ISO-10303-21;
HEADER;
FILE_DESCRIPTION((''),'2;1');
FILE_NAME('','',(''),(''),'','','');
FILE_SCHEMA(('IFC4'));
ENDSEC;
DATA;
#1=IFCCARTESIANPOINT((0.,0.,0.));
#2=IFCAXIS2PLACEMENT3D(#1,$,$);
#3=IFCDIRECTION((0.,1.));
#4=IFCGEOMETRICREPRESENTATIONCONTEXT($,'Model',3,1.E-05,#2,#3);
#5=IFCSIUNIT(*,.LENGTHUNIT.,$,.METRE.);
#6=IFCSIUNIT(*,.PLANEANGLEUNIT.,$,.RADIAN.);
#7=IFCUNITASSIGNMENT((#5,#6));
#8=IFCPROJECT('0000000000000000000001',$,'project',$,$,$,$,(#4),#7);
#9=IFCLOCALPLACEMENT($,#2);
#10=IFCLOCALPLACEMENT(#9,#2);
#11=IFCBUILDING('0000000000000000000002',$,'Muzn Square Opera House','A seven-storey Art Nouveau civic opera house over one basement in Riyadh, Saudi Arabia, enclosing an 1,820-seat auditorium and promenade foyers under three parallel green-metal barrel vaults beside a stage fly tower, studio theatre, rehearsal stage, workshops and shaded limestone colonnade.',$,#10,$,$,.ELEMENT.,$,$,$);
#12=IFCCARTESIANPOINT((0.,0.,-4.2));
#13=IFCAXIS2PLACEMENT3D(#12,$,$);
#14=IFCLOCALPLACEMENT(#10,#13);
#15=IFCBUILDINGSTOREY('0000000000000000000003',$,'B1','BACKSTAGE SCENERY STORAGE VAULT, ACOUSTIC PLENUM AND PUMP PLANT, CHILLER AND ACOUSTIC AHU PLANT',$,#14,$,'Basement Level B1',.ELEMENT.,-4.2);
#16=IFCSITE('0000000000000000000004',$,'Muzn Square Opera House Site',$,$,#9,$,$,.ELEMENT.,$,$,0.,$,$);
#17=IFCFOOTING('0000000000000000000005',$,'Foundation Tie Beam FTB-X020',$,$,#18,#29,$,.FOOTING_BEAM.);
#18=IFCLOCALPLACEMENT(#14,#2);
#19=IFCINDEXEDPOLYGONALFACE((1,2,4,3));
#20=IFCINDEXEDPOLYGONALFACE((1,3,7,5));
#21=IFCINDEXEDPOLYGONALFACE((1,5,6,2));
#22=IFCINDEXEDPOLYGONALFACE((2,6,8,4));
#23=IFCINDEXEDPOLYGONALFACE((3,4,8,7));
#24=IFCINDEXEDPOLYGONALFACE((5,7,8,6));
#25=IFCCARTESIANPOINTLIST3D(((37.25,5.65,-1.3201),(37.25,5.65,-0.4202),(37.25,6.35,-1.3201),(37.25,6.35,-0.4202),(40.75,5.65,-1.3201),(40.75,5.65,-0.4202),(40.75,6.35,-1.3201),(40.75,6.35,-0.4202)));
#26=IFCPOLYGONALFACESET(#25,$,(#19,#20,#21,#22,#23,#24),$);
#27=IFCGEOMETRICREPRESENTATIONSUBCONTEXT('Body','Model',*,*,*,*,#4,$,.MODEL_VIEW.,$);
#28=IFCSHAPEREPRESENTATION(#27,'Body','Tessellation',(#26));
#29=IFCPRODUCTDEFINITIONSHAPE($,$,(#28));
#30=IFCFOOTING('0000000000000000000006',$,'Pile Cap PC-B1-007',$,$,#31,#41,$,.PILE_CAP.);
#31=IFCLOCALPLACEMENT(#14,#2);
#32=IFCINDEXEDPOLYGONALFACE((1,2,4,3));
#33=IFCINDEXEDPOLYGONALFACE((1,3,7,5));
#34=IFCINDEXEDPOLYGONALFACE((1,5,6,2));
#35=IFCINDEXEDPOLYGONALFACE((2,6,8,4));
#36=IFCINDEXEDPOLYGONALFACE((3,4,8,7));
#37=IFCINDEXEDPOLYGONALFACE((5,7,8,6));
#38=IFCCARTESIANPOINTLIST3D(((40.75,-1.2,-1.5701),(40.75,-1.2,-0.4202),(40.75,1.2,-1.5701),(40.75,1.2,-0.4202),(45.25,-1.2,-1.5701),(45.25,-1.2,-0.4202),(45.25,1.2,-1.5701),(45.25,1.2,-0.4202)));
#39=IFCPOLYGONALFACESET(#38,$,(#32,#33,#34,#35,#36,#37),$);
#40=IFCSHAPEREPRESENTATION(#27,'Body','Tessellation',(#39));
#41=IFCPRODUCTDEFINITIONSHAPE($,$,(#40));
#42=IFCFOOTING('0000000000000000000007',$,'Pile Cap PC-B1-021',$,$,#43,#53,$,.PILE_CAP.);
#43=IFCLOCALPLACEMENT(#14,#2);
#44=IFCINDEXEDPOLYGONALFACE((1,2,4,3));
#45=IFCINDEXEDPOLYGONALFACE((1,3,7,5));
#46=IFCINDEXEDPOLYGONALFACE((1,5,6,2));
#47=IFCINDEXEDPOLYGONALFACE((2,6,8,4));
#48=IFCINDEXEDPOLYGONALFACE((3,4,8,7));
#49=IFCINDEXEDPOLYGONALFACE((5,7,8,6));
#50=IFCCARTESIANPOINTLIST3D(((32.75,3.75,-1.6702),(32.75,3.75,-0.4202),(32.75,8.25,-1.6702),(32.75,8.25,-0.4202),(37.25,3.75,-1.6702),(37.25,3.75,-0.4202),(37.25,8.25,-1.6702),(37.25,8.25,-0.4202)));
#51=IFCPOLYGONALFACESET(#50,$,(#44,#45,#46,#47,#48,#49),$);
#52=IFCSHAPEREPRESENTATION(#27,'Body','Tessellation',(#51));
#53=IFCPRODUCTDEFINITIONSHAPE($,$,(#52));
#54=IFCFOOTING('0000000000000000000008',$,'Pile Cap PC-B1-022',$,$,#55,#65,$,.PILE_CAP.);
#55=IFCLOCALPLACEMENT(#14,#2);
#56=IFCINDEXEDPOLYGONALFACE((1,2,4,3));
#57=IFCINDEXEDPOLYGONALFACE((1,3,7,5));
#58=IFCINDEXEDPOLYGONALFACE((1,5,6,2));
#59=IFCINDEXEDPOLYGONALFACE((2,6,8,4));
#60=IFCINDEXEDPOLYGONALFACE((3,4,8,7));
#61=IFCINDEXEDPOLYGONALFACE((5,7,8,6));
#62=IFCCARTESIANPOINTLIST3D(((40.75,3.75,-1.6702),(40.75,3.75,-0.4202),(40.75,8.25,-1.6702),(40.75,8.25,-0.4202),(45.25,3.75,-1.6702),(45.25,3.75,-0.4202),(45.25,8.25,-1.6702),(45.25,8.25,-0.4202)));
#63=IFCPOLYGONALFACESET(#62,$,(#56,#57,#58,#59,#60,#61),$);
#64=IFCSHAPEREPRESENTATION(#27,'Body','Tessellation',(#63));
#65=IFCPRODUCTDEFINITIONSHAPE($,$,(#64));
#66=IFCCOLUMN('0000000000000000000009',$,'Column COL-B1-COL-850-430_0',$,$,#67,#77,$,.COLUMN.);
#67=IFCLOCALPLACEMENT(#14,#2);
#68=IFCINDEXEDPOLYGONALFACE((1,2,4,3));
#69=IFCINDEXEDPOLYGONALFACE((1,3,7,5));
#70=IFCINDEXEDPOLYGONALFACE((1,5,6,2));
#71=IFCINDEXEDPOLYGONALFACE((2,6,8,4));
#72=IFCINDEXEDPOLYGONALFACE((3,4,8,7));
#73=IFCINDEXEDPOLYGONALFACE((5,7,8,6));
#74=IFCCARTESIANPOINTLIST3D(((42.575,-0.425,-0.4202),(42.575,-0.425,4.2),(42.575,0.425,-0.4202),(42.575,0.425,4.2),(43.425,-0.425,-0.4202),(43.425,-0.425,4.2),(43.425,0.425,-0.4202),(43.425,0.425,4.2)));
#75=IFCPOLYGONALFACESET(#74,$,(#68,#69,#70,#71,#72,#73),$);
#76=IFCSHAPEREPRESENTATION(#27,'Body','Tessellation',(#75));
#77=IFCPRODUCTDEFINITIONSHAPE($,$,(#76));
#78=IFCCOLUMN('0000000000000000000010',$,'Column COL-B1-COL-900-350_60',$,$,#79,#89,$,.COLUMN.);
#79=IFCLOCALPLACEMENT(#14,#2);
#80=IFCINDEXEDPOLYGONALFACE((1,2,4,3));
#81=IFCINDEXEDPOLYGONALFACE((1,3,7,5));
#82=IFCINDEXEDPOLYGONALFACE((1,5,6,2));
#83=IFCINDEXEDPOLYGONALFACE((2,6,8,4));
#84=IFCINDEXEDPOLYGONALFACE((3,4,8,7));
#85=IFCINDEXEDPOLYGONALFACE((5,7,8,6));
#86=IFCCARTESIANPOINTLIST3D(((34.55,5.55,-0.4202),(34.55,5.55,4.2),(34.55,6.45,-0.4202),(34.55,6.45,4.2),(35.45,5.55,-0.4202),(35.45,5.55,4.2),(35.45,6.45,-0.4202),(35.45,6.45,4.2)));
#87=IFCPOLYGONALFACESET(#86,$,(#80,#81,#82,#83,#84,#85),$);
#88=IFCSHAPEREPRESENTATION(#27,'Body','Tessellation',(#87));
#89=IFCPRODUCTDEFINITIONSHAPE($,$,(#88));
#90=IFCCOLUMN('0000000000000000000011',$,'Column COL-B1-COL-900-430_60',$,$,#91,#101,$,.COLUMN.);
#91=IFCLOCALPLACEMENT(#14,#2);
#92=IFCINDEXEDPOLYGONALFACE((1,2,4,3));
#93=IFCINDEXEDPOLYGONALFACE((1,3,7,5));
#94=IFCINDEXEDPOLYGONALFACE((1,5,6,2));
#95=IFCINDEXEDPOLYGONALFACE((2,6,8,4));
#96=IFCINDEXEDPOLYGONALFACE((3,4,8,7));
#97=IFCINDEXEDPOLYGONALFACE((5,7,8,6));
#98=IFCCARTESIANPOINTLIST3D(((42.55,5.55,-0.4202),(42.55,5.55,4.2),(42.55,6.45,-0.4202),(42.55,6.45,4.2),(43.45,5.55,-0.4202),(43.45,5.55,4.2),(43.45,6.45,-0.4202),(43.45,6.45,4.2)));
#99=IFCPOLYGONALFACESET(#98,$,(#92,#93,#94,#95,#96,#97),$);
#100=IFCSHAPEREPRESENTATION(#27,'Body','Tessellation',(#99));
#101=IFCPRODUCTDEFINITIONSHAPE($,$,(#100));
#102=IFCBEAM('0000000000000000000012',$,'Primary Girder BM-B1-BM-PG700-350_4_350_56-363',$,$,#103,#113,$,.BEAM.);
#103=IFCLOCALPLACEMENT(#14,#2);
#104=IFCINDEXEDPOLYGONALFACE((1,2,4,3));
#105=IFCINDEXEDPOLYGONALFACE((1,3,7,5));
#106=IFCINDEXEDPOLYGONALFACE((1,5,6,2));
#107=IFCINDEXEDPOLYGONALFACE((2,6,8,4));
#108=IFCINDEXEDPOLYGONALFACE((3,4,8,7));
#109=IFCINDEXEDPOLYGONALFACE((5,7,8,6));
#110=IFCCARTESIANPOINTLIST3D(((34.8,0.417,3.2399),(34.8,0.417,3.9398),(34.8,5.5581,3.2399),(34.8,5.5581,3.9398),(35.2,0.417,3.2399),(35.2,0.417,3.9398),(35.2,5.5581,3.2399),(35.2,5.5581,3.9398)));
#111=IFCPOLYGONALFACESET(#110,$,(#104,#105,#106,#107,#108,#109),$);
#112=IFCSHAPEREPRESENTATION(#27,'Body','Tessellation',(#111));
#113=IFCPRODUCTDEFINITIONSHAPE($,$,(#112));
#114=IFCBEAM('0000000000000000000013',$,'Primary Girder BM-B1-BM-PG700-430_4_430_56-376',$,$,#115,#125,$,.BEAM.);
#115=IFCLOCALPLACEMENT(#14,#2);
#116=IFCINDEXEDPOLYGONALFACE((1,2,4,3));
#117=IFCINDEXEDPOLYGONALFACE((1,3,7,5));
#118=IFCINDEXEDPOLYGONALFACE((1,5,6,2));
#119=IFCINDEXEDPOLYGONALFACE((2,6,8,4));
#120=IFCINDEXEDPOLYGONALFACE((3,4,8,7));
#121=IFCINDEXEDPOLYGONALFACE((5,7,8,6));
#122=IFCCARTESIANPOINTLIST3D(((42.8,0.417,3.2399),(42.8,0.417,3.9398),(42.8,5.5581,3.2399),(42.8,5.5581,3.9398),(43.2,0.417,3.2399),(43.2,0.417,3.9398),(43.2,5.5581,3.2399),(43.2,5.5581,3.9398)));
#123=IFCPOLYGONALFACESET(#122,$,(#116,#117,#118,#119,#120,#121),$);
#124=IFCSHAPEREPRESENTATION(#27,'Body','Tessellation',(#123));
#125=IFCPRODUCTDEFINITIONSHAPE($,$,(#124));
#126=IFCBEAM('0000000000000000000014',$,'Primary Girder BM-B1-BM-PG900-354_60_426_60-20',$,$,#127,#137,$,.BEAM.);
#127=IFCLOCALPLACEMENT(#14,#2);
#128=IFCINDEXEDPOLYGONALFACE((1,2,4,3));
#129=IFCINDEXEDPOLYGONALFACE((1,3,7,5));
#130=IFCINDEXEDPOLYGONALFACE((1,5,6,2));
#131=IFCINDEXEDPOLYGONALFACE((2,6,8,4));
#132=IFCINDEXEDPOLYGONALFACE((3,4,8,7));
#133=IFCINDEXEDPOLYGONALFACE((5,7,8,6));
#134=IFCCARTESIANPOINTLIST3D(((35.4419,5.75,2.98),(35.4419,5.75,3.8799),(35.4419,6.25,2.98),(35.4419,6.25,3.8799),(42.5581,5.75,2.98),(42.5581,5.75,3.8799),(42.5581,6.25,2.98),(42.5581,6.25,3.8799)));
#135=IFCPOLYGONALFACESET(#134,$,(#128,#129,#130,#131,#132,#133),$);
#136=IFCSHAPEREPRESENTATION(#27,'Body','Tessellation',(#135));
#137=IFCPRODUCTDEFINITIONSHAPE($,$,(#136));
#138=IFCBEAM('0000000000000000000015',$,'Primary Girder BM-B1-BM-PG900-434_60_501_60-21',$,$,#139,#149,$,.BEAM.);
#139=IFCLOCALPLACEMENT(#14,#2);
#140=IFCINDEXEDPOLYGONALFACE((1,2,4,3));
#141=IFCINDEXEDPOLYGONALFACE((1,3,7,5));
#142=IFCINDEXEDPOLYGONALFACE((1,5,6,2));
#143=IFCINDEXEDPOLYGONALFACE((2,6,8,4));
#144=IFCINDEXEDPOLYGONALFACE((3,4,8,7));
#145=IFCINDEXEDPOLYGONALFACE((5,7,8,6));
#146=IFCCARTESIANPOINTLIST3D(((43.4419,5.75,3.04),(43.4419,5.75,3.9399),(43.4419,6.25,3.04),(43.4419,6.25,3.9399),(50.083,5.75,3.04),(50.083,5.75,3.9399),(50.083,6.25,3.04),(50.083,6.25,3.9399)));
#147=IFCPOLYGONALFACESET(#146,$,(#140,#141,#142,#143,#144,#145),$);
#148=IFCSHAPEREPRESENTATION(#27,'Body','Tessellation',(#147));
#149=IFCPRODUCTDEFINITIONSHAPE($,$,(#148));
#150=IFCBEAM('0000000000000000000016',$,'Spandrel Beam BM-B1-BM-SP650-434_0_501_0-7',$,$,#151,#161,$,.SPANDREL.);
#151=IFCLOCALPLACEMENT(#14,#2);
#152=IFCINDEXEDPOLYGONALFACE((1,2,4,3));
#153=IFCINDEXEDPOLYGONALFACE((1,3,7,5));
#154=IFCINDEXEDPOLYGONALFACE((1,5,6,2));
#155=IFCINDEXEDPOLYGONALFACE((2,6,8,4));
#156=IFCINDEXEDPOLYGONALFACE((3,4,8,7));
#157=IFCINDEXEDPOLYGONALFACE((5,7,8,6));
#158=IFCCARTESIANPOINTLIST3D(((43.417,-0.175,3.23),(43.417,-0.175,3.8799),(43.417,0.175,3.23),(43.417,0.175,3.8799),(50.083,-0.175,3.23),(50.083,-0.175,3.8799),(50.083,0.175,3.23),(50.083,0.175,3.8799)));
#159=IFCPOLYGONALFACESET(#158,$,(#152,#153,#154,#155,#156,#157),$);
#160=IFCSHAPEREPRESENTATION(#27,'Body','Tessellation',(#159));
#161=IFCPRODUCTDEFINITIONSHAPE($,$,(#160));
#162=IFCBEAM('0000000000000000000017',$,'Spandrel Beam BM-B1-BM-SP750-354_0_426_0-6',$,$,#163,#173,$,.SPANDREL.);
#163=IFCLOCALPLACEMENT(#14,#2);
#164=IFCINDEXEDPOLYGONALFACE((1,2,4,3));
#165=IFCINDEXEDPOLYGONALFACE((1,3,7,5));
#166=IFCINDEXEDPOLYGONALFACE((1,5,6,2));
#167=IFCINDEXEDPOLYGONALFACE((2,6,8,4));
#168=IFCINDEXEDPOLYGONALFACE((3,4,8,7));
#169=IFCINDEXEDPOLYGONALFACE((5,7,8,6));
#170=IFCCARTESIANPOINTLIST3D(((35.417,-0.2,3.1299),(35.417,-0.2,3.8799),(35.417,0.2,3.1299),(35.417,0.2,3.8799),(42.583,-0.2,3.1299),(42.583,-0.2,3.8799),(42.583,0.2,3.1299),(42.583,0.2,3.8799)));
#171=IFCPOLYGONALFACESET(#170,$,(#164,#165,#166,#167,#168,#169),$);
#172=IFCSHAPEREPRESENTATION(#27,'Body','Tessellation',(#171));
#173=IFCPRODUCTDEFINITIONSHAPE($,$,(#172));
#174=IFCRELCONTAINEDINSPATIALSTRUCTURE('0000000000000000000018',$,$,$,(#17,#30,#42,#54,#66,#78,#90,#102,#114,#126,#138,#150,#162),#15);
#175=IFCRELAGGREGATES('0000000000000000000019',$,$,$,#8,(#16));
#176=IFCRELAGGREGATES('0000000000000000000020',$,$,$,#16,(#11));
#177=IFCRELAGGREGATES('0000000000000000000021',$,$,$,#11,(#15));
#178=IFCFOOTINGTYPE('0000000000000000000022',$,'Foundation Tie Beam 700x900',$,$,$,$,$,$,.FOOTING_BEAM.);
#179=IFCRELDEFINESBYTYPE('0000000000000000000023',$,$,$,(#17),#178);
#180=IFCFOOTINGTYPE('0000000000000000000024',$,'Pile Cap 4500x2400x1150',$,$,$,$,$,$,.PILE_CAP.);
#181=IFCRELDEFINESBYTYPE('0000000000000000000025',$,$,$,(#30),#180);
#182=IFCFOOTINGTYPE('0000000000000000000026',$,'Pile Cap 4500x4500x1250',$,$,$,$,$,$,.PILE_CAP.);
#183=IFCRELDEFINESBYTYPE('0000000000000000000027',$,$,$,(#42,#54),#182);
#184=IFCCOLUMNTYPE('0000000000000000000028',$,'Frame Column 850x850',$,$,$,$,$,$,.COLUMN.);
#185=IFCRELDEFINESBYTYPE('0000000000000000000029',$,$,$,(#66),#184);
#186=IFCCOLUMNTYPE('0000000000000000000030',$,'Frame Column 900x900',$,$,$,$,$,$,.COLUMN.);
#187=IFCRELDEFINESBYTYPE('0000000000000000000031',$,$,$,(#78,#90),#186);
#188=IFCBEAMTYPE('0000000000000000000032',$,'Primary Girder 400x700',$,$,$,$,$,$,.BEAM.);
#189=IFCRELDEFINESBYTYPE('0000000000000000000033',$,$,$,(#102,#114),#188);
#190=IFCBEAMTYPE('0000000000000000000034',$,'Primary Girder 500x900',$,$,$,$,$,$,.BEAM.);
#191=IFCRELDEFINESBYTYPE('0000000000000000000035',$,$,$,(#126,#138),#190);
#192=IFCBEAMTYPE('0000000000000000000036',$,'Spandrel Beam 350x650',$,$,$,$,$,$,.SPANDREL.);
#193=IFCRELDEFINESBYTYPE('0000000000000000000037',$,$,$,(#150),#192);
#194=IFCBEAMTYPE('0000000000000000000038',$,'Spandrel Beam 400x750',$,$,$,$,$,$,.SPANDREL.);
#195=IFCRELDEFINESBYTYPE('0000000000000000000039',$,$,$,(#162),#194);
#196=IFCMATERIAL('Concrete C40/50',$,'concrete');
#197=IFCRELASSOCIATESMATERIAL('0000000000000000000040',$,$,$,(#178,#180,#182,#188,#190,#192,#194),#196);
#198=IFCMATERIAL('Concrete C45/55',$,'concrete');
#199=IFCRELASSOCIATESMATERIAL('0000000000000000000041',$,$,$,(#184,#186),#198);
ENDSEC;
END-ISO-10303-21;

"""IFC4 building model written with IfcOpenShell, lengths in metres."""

from ifc_helpers import new_model, si_unit, direction, frame, origin, origin_2d, place, context, subcontext, project, spatial, rectangle, extrude, material, material_profile, profile_set, type_object, element, save


model = new_model("IFC4")

# Units and contexts
model_context = context("Model", 3, precision=1e-05, world=origin(), true_north=direction((0.0, 1.0)))
body_context = subcontext(model_context, "Body", "Model", "MODEL_VIEW")
ifc_project = project(units=[si_unit("LENGTHUNIT", "METRE"), si_unit("PLANEANGLEUNIT", "RADIAN")], contexts=[model_context])

# Site, building, storey
site_placement = place(None, origin())
site = spatial("IfcSite", under=ifc_project, at=site_placement, Name="Muzn Square Opera House Site", CompositionType="ELEMENT", RefElevation=0.0)
building_placement = place(site_placement, origin())
building = spatial("IfcBuilding", under=site, at=building_placement, Name="Muzn Square Opera House", Description="A seven-storey Art Nouveau civic opera house over one basement in Riyadh, Saudi Arabia, enclosing an 1,820-seat auditorium and promenade foyers under three parallel green-metal barrel vaults beside a stage fly tower, studio theatre, rehearsal stage, workshops and shaded limestone colonnade.", CompositionType="ELEMENT")
storey_placement = place(building_placement, frame((0.0, 0.0, -4.2)))
storey = spatial("IfcBuildingStorey", under=building, at=storey_placement, Name="B1", Description="BACKSTAGE SCENERY STORAGE VAULT, ACOUSTIC PLENUM AND PUMP PLANT, CHILLER AND ACOUSTIC AHU PLANT", LongName="Basement Level B1", CompositionType="ELEMENT", Elevation=-4.2)

# Shared definitions
ifc_material_1 = material(Name="Concrete C40/50", Category="concrete")

# Footings
ifc_material_profile_1 = material_profile(ifc_material_1, rectangle(XDim=0.7, YDim=0.8999, at=origin_2d()), Name="RCTB 700x900", Category="concrete")
ifc_profile_set_1 = profile_set([ifc_material_profile_1], Name="Concrete C40/50")
footing_type_1 = type_object("IfcFootingType", Name="Foundation Tie Beam 700x900", PredefinedType="FOOTING_BEAM", material=ifc_profile_set_1)
footing_1_placement = place(storey_placement, frame((37.25, 6.0, -0.8701), z_axis=(1.0, 0.0, 0.0), x_axis=(0.0, 1.0, 0.0)))
element("IfcFooting", 1, at=footing_1_placement, inside=storey, type_object=footing_type_1, Name="Foundation Tie Beam FTB-X020", PredefinedType="FOOTING_BEAM", context=body_context, shape_type="SweptSolid", body=[
    extrude(rectangle(XDim=0.7, YDim=0.8999, at=origin_2d()), origin(), (0.0, 0.0, 1.0), 3.5),
])
footing_type_2 = type_object("IfcFootingType", Name="Pile Cap 4500x2400x1150", PredefinedType="PILE_CAP", material=ifc_material_1)
footing_2_placement = place(storey_placement, frame((43.0, 0.0, -1.5701), z_axis=(0.0, 0.0, 1.0), x_axis=(1.0, 0.0, 0.0)))
element("IfcFooting", 2, at=footing_2_placement, inside=storey, type_object=footing_type_2, Name="Pile Cap PC-B1-007", PredefinedType="PILE_CAP", context=body_context, shape_type="SweptSolid", body=[
    extrude(rectangle(XDim=4.5, YDim=2.3999, at=origin_2d()), origin(), (0.0, 0.0, 1.0), 1.1499),
])
footing_type_3 = type_object("IfcFootingType", Name="Pile Cap 4500x4500x1250", PredefinedType="PILE_CAP", material=ifc_material_1)
for number, where, z_axis, x_axis, name in (
    (3, (35.0, 6.0, -1.6702), (0.0, 0.0, 1.0), (1.0, 0.0, 0.0), "Pile Cap PC-B1-021"),
    (4, (43.0, 6.0, -1.6702), (0.0, 0.0, 1.0), (1.0, 0.0, 0.0), "Pile Cap PC-B1-022"),
):
    element("IfcFooting", number, at=place(storey_placement, frame(where, z_axis=z_axis, x_axis=x_axis)), inside=storey, type_object=footing_type_3, Name=name, PredefinedType="PILE_CAP", context=body_context, shape_type="SweptSolid", body=[
        extrude(rectangle(XDim=4.5, YDim=4.5, at=origin_2d()), origin(), (0.0, 0.0, 1.0), 1.25),
    ])

# Columns
ifc_material_2 = material(Name="Concrete C45/55", Category="concrete")
ifc_material_profile_2 = material_profile(ifc_material_2, rectangle(XDim=0.8501, YDim=0.8501, at=origin_2d()), Name="RC 850x850", Category="concrete")
ifc_profile_set_2 = profile_set([ifc_material_profile_2], Name="Concrete C45/55")
column_type_1 = type_object("IfcColumnType", Name="Frame Column 850x850", PredefinedType="COLUMN", material=ifc_profile_set_2)
column_placement = place(storey_placement, frame((43.0, 0.0, -0.4202), z_axis=(0.0, 0.0, 1.0), x_axis=(1.0, 0.0, 0.0)))
element("IfcColumn", 5, at=column_placement, inside=storey, type_object=column_type_1, Name="Column COL-B1-COL-850-430_0", PredefinedType="COLUMN", context=body_context, shape_type="SweptSolid", body=[
    extrude(rectangle(XDim=0.8501, YDim=0.8501, at=origin_2d()), origin(), (0.0, 0.0, 1.0), 4.6201),
])
ifc_material_profile_3 = material_profile(ifc_material_2, rectangle(XDim=0.8999, YDim=0.8999, at=origin_2d()), Name="RC 900x900", Category="concrete")
ifc_profile_set_3 = profile_set([ifc_material_profile_3], Name="Concrete C45/55")
column_type_2 = type_object("IfcColumnType", Name="Frame Column 900x900", PredefinedType="COLUMN", material=ifc_profile_set_3)
for number, where, z_axis, x_axis, name in (
    (6, (35.0, 6.0, -0.4202), (0.0, 0.0, 1.0), (1.0, 0.0, 0.0), "Column COL-B1-COL-900-350_60"),
    (7, (43.0, 6.0, -0.4202), (0.0, 0.0, 1.0), (1.0, 0.0, 0.0), "Column COL-B1-COL-900-430_60"),
):
    element("IfcColumn", number, at=place(storey_placement, frame(where, z_axis=z_axis, x_axis=x_axis)), inside=storey, type_object=column_type_2, Name=name, PredefinedType="COLUMN", context=body_context, shape_type="SweptSolid", body=[
        extrude(rectangle(XDim=0.8999, YDim=0.8999, at=origin_2d()), origin(), (0.0, 0.0, 1.0), 4.6201),
    ])

# Beams
ifc_material_profile_4 = material_profile(ifc_material_1, rectangle(XDim=0.3999, YDim=0.7, at=origin_2d()), Name="RCB 400x700", Category="concrete")
ifc_profile_set_4 = profile_set([ifc_material_profile_4], Name="Concrete C40/50")
beam_type_1 = type_object("IfcBeamType", Name="Primary Girder 400x700", PredefinedType="BEAM", material=ifc_profile_set_4)
for number, where, z_axis, x_axis, name in (
    (8, (35.0, 0.417, 3.5898), (0.0, 1.0, 0.0), (-1.0, 0.0, 0.0), "Primary Girder BM-B1-BM-PG700-350_4_350_56-363"),
    (9, (43.0, 0.417, 3.5898), (0.0, 1.0, 0.0), (-1.0, 0.0, 0.0), "Primary Girder BM-B1-BM-PG700-430_4_430_56-376"),
):
    element("IfcBeam", number, at=place(storey_placement, frame(where, z_axis=z_axis, x_axis=x_axis)), inside=storey, type_object=beam_type_1, Name=name, PredefinedType="BEAM", context=body_context, shape_type="SweptSolid", body=[
        extrude(rectangle(XDim=0.3999, YDim=0.7, at=origin_2d()), origin(), (0.0, 0.0, 1.0), 5.1411),
    ])
ifc_material_profile_5 = material_profile(ifc_material_1, rectangle(XDim=0.5, YDim=0.8999, at=origin_2d()), Name="RCB 500x900", Category="concrete")
ifc_profile_set_5 = profile_set([ifc_material_profile_5], Name="Concrete C40/50")
beam_type_2 = type_object("IfcBeamType", Name="Primary Girder 500x900", PredefinedType="BEAM", material=ifc_profile_set_5)
beam_1_placement = place(storey_placement, frame((35.4419, 6.0, 3.4299), z_axis=(1.0, 0.0, 0.0), x_axis=(0.0, 1.0, 0.0)))
element("IfcBeam", 10, at=beam_1_placement, inside=storey, type_object=beam_type_2, Name="Primary Girder BM-B1-BM-PG900-354_60_426_60-20", PredefinedType="BEAM", context=body_context, shape_type="SweptSolid", body=[
    extrude(rectangle(XDim=0.5, YDim=0.8999, at=origin_2d()), origin(), (0.0, 0.0, 1.0), 7.1162),
])
beam_2_placement = place(storey_placement, frame((43.4419, 6.0, 3.49), z_axis=(1.0, 0.0, 0.0), x_axis=(0.0, 1.0, 0.0)))
element("IfcBeam", 11, at=beam_2_placement, inside=storey, type_object=beam_type_2, Name="Primary Girder BM-B1-BM-PG900-434_60_501_60-21", PredefinedType="BEAM", context=body_context, shape_type="SweptSolid", body=[
    extrude(rectangle(XDim=0.5, YDim=0.8999, at=origin_2d()), origin(), (0.0, 0.0, 1.0), 6.6411),
])
ifc_material_profile_6 = material_profile(ifc_material_1, rectangle(XDim=0.3501, YDim=0.6499, at=origin_2d()), Name="RCS 350x650", Category="concrete")
ifc_profile_set_6 = profile_set([ifc_material_profile_6], Name="Concrete C40/50")
beam_type_3 = type_object("IfcBeamType", Name="Spandrel Beam 350x650", PredefinedType="SPANDREL", material=ifc_profile_set_6)
beam_3_placement = place(storey_placement, frame((43.417, 0.0, 3.5549), z_axis=(1.0, 0.0, 0.0), x_axis=(0.0, 1.0, 0.0)))
element("IfcBeam", 12, at=beam_3_placement, inside=storey, type_object=beam_type_3, Name="Spandrel Beam BM-B1-BM-SP650-434_0_501_0-7", PredefinedType="SPANDREL", context=body_context, shape_type="SweptSolid", body=[
    extrude(rectangle(XDim=0.3501, YDim=0.6499, at=origin_2d()), origin(), (0.0, 0.0, 1.0), 6.666),
])
ifc_material_profile_7 = material_profile(ifc_material_1, rectangle(XDim=0.3999, YDim=0.75, at=origin_2d()), Name="RCS 400x750", Category="concrete")
ifc_profile_set_7 = profile_set([ifc_material_profile_7], Name="Concrete C40/50")
beam_type_4 = type_object("IfcBeamType", Name="Spandrel Beam 400x750", PredefinedType="SPANDREL", material=ifc_profile_set_7)
beam_4_placement = place(storey_placement, frame((35.417, 0.0, 3.5049), z_axis=(1.0, 0.0, 0.0), x_axis=(0.0, 1.0, 0.0)))
element("IfcBeam", 13, at=beam_4_placement, inside=storey, type_object=beam_type_4, Name="Spandrel Beam BM-B1-BM-SP750-354_0_426_0-6", PredefinedType="SPANDREL", context=body_context, shape_type="SweptSolid", body=[
    extrude(rectangle(XDim=0.3999, YDim=0.75, at=origin_2d()), origin(), (0.0, 0.0, 1.0), 7.166),
])

save(model, "model.ifc")
